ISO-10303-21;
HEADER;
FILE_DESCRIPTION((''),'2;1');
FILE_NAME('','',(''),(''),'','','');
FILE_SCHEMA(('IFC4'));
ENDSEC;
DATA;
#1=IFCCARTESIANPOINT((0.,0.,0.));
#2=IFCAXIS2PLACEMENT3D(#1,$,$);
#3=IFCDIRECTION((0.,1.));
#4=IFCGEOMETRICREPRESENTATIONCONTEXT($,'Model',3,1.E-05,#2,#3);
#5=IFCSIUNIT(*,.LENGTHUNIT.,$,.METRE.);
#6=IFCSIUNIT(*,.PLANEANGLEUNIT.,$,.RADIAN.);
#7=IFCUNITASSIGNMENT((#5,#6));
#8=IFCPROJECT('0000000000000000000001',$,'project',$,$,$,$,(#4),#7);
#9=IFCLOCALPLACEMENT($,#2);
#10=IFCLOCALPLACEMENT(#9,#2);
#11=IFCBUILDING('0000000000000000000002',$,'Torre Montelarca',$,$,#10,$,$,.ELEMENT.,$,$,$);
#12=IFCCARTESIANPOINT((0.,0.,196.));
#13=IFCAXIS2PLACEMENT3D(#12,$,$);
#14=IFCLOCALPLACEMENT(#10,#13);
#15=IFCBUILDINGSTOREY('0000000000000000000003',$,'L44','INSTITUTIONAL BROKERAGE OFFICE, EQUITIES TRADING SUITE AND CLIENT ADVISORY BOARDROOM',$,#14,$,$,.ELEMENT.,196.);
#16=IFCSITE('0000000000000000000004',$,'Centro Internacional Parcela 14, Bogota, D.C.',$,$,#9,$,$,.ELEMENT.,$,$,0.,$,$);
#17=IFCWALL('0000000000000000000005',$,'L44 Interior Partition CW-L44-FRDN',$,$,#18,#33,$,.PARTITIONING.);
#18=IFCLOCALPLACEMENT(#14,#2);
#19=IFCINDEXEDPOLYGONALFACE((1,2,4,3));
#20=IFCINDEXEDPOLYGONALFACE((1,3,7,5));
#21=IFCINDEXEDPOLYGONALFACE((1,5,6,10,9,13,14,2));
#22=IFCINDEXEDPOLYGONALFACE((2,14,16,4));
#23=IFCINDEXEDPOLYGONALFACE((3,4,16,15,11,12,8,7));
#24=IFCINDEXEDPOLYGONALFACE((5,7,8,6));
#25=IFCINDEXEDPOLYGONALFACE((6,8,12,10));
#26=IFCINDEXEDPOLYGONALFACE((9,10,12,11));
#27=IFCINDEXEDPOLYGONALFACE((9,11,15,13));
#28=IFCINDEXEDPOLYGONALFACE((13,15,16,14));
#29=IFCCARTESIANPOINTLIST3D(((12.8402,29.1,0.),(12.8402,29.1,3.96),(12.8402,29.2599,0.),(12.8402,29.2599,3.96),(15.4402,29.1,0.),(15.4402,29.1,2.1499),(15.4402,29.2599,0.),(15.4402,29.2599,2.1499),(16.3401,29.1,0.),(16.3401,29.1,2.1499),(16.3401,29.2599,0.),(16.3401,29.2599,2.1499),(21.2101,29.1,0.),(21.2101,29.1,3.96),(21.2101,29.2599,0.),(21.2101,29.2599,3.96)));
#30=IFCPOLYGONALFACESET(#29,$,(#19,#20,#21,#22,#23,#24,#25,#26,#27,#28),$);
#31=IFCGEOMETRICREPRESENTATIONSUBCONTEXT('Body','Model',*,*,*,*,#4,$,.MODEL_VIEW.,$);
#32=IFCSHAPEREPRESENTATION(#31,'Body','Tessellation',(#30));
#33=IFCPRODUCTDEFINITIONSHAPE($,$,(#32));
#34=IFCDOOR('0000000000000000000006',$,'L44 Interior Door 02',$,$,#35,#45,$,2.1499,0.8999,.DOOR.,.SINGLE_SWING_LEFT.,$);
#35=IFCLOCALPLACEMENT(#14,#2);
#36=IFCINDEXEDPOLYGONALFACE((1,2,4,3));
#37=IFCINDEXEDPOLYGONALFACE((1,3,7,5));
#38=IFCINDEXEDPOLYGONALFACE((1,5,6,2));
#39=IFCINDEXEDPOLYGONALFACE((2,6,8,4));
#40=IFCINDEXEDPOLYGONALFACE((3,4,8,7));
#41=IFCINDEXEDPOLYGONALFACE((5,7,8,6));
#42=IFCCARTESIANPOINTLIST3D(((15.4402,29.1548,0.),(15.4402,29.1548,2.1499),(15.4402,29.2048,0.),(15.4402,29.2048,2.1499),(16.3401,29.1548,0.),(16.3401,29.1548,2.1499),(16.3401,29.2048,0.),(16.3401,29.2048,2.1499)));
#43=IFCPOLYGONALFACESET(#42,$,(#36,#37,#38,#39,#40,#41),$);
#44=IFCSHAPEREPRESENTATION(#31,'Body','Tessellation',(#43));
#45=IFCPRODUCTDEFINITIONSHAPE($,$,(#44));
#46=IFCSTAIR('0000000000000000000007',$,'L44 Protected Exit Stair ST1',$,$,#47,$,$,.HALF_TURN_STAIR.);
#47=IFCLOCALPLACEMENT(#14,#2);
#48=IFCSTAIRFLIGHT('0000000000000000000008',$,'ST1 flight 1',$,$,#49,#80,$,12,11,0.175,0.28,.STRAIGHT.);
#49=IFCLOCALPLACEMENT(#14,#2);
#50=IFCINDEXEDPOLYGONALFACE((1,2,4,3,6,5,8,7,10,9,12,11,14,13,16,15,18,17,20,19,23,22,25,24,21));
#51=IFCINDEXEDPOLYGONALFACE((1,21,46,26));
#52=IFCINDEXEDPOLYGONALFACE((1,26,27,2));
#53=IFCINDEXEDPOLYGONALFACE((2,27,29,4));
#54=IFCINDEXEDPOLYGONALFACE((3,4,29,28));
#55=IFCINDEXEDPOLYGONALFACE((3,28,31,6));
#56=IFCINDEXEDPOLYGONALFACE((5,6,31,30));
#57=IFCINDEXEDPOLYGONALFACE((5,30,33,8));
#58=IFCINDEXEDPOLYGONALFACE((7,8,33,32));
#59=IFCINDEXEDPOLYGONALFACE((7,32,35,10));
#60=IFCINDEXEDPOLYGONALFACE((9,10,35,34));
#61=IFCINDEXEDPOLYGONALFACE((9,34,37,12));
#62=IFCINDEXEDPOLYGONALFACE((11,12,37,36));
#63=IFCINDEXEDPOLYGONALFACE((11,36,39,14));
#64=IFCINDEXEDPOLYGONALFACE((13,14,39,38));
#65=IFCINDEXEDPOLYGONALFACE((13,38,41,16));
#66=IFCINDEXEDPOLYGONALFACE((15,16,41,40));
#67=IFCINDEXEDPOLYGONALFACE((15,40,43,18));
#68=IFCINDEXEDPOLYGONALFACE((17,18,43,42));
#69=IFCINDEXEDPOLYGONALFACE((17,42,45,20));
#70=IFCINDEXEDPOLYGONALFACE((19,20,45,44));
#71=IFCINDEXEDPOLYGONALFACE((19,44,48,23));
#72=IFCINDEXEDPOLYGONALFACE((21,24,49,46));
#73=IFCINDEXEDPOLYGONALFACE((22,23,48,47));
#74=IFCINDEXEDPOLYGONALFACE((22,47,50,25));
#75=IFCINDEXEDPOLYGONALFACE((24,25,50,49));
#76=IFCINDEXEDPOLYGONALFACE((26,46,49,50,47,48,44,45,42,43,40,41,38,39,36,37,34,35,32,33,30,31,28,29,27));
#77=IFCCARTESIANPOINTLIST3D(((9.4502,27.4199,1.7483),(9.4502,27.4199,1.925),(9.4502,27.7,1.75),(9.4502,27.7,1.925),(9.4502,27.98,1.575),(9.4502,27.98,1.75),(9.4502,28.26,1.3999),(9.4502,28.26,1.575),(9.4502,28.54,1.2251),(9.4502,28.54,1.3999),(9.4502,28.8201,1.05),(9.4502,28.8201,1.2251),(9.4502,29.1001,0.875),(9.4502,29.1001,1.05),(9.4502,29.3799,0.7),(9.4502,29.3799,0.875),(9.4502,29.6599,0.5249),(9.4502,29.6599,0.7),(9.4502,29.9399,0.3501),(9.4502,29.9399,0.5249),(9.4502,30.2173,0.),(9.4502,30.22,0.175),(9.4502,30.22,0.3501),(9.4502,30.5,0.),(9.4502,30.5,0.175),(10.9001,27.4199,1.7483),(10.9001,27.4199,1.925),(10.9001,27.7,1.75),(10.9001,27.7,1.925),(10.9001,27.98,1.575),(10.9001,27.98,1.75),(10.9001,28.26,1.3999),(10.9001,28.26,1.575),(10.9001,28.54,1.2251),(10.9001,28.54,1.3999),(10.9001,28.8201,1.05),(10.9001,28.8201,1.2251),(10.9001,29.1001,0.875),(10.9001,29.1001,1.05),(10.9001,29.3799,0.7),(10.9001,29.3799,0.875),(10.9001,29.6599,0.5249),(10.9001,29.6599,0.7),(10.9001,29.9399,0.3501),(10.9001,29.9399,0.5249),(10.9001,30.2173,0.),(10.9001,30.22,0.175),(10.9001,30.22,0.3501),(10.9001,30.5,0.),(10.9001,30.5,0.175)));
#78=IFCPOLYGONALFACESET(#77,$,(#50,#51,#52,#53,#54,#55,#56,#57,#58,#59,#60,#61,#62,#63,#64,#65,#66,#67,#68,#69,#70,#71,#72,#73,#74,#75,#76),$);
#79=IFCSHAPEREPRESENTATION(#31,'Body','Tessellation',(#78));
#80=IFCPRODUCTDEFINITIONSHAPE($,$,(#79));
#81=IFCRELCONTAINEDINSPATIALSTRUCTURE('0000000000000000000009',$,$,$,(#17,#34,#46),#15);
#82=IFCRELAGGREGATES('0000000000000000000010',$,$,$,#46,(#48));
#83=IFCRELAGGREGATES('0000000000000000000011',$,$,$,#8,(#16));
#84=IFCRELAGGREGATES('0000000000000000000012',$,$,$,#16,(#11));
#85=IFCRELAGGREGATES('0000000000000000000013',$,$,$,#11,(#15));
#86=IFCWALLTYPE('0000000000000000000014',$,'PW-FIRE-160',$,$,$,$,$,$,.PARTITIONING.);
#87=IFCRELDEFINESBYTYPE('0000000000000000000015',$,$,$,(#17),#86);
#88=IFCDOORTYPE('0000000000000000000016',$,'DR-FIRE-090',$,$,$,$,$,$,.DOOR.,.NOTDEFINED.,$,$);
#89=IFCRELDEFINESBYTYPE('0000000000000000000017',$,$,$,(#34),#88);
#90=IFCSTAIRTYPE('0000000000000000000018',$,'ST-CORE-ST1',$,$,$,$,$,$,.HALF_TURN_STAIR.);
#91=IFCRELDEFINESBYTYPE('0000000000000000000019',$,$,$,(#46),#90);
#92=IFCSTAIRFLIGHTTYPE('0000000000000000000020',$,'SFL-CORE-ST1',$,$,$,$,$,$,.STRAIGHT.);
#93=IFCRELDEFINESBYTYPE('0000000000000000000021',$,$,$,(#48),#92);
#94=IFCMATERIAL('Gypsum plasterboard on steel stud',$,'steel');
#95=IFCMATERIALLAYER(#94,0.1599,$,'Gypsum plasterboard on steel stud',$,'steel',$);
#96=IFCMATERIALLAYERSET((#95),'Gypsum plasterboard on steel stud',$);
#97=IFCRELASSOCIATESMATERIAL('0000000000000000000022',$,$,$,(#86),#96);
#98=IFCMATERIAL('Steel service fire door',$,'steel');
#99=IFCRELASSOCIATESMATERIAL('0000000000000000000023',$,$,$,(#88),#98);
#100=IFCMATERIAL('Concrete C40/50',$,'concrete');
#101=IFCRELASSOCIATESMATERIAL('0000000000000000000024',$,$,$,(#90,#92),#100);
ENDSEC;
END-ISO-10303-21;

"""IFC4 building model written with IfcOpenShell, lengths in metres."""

from ifc_helpers import new_model, si_unit, direction, frame, frame_2d, origin, place, context, subcontext, project, spatial, polyline, rectangle, outline, extrude, source, transform, mapped, material, layer, layer_set, type_object, element, fill, aggregate, save


model = new_model("IFC4")

# Units and contexts
model_context = context("Model", 3, precision=1e-05, world=origin(), true_north=direction((0.0, 1.0)))
body_context = subcontext(model_context, "Body", "Model", "MODEL_VIEW")
ifc_project = project(units=[si_unit("LENGTHUNIT", "METRE"), si_unit("PLANEANGLEUNIT", "RADIAN")], contexts=[model_context])

# Site, building, storey
site_placement = place(None, origin())
site = spatial("IfcSite", under=ifc_project, at=site_placement, Name="Centro Internacional Parcela 14, Bogota, D.C.", CompositionType="ELEMENT", RefElevation=0.0)
building_placement = place(site_placement, origin())
building = spatial("IfcBuilding", under=site, at=building_placement, Name="Torre Montelarca", CompositionType="ELEMENT")
storey_placement = place(building_placement, frame((0.0, 0.0, 196.0)))
storey = spatial("IfcBuildingStorey", under=building, at=storey_placement, Name="L44", Description="INSTITUTIONAL BROKERAGE OFFICE, EQUITIES TRADING SUITE AND CLIENT ADVISORY BOARDROOM", CompositionType="ELEMENT", Elevation=196.0)

# Shared definitions
ifc_material_1 = material(Name="Concrete C40/50", Category="concrete")

# Shared definitions
ifc_material_2 = material(Name="Gypsum plasterboard on steel stud", Category="steel")
ifc_layer_1 = layer(ifc_material_2, 0.1599, Name="Gypsum plasterboard on steel stud", Category="steel")
ifc_layer_set_1 = layer_set([ifc_layer_1], Name="Gypsum plasterboard on steel stud")
wall_type_1 = type_object("IfcWallType", Name="PW-FIRE-160", PredefinedType="PARTITIONING", material=ifc_layer_set_1)
ifc_material_3 = material(Name="Steel service fire door", Category="steel")
door_type_1 = type_object("IfcDoorType", Name="DR-FIRE-090", OperationType="NOTDEFINED", PredefinedType="DOOR", material=ifc_material_3)
shared_shape_1 = source(origin(), body_context, "Body", "SweptSolid", [
    extrude(rectangle(XDim=0.8999, YDim=2.1499, at=frame_2d((0.45, 1.075))), frame((0.0, 0.0249, 0.0), z_axis=(0.0, -1.0, 0.0), x_axis=(1.0, 0.0, 0.0)), (0.0, 0.0, 1.0), 0.05),
])

# Wall, opening, door
wall_1_placement = place(storey_placement, frame((12.8401, 29.1799, 0.0), z_axis=(0.0, 0.0, 1.0), x_axis=(1.0, 0.0, 0.0)))
wall_1 = element("IfcWall", 1, at=wall_1_placement, inside=storey, type_object=wall_type_1, Name="L44 Interior Partition CW-L44-FRDN", PredefinedType="PARTITIONING", context=body_context, shape_type="SweptSolid", body=[
    extrude(rectangle(XDim=8.3699, YDim=0.1599, at=frame_2d((4.1851, 0.0))), origin(), (0.0, 0.0, 1.0), 3.96),
])
opening_1_placement = place(wall_1_placement, frame((2.6001, 0.0, 0.0)))
opening_1 = element("IfcOpeningElement", 2, at=opening_1_placement, cuts=wall_1, PredefinedType="OPENING", context=body_context, shape_type="SweptSolid", body=[
    extrude(rectangle(XDim=0.8999, YDim=2.1499, at=frame_2d((0.45, 1.075))), frame((0.0, 0.0898, 0.0), z_axis=(0.0, -1.0, 0.0), x_axis=(1.0, 0.0, 0.0)), (0.0, 0.0, 1.0), 0.1799),
])
door_1_placement = place(opening_1_placement, origin())
door_1 = element("IfcDoor", 3, at=door_1_placement, inside=storey, type_object=door_type_1, Name="L44 Interior Door 02", OperationType="SINGLE_SWING_LEFT", OverallHeight=2.1499, OverallWidth=0.8999, PredefinedType="DOOR", context=body_context, shape_type="MappedRepresentation", body=[
    mapped(shared_shape_1, transform((0.0, 0.0, 0.0), scale=1.0)),
])
fill(opening_1, door_1)

# Stair, stair flight
stair_type = type_object("IfcStairType", Name="ST-CORE-ST1", PredefinedType="HALF_TURN_STAIR", material=ifc_material_1)
stair_placement = place(storey_placement, origin())
stair = element("IfcStair", 4, at=stair_placement, inside=storey, type_object=stair_type, Name="L44 Protected Exit Stair ST1", PredefinedType="HALF_TURN_STAIR")
stair_flight_type = type_object("IfcStairFlightType", Name="SFL-CORE-ST1", PredefinedType="STRAIGHT", material=ifc_material_1)
stair_flight_placement = place(storey_placement, frame((10.175, 30.5, 0.0), z_axis=(0.0, 0.0, 1.0), x_axis=(0.0, -1.0, 0.0)))
stair_flight = element("IfcStairFlight", 5, at=stair_flight_placement, type_object=stair_flight_type, Name="ST1 flight 1", NumberOfRisers=12, NumberOfTreads=11, PredefinedType="STRAIGHT", RiserHeight=0.175, TreadLength=0.28, context=body_context, shape_type="SweptSolid", body=[
    extrude(outline(polyline([(0.0, 0.0), (0.0, 0.175), (0.28, 0.175), (0.28, 0.3501), (0.5601, 0.3501), (0.5601, 0.5249), (0.8401, 0.5249), (0.8401, 0.7), (1.1201, 0.7), (1.1201, 0.875), (1.3999, 0.875), (1.3999, 1.05), (1.6799, 1.05), (1.6799, 1.2251), (1.96, 1.2251), (1.96, 1.3999), (2.24, 1.3999), (2.24, 1.575), (2.52, 1.575), (2.52, 1.75), (2.8, 1.75), (2.8, 1.925), (3.0801, 1.925), (3.0801, 2.1001), (3.0801, 1.7483), (0.2827, 0.0), (0.0, 0.0)])), frame((0.0, 0.7251, 0.0), z_axis=(0.0, -1.0, 0.0), x_axis=(1.0, 0.0, 0.0)), (0.0, 0.0, 1.0), 1.45),
])
aggregate(stair, [stair_flight])

save(model, "model.ifc")
